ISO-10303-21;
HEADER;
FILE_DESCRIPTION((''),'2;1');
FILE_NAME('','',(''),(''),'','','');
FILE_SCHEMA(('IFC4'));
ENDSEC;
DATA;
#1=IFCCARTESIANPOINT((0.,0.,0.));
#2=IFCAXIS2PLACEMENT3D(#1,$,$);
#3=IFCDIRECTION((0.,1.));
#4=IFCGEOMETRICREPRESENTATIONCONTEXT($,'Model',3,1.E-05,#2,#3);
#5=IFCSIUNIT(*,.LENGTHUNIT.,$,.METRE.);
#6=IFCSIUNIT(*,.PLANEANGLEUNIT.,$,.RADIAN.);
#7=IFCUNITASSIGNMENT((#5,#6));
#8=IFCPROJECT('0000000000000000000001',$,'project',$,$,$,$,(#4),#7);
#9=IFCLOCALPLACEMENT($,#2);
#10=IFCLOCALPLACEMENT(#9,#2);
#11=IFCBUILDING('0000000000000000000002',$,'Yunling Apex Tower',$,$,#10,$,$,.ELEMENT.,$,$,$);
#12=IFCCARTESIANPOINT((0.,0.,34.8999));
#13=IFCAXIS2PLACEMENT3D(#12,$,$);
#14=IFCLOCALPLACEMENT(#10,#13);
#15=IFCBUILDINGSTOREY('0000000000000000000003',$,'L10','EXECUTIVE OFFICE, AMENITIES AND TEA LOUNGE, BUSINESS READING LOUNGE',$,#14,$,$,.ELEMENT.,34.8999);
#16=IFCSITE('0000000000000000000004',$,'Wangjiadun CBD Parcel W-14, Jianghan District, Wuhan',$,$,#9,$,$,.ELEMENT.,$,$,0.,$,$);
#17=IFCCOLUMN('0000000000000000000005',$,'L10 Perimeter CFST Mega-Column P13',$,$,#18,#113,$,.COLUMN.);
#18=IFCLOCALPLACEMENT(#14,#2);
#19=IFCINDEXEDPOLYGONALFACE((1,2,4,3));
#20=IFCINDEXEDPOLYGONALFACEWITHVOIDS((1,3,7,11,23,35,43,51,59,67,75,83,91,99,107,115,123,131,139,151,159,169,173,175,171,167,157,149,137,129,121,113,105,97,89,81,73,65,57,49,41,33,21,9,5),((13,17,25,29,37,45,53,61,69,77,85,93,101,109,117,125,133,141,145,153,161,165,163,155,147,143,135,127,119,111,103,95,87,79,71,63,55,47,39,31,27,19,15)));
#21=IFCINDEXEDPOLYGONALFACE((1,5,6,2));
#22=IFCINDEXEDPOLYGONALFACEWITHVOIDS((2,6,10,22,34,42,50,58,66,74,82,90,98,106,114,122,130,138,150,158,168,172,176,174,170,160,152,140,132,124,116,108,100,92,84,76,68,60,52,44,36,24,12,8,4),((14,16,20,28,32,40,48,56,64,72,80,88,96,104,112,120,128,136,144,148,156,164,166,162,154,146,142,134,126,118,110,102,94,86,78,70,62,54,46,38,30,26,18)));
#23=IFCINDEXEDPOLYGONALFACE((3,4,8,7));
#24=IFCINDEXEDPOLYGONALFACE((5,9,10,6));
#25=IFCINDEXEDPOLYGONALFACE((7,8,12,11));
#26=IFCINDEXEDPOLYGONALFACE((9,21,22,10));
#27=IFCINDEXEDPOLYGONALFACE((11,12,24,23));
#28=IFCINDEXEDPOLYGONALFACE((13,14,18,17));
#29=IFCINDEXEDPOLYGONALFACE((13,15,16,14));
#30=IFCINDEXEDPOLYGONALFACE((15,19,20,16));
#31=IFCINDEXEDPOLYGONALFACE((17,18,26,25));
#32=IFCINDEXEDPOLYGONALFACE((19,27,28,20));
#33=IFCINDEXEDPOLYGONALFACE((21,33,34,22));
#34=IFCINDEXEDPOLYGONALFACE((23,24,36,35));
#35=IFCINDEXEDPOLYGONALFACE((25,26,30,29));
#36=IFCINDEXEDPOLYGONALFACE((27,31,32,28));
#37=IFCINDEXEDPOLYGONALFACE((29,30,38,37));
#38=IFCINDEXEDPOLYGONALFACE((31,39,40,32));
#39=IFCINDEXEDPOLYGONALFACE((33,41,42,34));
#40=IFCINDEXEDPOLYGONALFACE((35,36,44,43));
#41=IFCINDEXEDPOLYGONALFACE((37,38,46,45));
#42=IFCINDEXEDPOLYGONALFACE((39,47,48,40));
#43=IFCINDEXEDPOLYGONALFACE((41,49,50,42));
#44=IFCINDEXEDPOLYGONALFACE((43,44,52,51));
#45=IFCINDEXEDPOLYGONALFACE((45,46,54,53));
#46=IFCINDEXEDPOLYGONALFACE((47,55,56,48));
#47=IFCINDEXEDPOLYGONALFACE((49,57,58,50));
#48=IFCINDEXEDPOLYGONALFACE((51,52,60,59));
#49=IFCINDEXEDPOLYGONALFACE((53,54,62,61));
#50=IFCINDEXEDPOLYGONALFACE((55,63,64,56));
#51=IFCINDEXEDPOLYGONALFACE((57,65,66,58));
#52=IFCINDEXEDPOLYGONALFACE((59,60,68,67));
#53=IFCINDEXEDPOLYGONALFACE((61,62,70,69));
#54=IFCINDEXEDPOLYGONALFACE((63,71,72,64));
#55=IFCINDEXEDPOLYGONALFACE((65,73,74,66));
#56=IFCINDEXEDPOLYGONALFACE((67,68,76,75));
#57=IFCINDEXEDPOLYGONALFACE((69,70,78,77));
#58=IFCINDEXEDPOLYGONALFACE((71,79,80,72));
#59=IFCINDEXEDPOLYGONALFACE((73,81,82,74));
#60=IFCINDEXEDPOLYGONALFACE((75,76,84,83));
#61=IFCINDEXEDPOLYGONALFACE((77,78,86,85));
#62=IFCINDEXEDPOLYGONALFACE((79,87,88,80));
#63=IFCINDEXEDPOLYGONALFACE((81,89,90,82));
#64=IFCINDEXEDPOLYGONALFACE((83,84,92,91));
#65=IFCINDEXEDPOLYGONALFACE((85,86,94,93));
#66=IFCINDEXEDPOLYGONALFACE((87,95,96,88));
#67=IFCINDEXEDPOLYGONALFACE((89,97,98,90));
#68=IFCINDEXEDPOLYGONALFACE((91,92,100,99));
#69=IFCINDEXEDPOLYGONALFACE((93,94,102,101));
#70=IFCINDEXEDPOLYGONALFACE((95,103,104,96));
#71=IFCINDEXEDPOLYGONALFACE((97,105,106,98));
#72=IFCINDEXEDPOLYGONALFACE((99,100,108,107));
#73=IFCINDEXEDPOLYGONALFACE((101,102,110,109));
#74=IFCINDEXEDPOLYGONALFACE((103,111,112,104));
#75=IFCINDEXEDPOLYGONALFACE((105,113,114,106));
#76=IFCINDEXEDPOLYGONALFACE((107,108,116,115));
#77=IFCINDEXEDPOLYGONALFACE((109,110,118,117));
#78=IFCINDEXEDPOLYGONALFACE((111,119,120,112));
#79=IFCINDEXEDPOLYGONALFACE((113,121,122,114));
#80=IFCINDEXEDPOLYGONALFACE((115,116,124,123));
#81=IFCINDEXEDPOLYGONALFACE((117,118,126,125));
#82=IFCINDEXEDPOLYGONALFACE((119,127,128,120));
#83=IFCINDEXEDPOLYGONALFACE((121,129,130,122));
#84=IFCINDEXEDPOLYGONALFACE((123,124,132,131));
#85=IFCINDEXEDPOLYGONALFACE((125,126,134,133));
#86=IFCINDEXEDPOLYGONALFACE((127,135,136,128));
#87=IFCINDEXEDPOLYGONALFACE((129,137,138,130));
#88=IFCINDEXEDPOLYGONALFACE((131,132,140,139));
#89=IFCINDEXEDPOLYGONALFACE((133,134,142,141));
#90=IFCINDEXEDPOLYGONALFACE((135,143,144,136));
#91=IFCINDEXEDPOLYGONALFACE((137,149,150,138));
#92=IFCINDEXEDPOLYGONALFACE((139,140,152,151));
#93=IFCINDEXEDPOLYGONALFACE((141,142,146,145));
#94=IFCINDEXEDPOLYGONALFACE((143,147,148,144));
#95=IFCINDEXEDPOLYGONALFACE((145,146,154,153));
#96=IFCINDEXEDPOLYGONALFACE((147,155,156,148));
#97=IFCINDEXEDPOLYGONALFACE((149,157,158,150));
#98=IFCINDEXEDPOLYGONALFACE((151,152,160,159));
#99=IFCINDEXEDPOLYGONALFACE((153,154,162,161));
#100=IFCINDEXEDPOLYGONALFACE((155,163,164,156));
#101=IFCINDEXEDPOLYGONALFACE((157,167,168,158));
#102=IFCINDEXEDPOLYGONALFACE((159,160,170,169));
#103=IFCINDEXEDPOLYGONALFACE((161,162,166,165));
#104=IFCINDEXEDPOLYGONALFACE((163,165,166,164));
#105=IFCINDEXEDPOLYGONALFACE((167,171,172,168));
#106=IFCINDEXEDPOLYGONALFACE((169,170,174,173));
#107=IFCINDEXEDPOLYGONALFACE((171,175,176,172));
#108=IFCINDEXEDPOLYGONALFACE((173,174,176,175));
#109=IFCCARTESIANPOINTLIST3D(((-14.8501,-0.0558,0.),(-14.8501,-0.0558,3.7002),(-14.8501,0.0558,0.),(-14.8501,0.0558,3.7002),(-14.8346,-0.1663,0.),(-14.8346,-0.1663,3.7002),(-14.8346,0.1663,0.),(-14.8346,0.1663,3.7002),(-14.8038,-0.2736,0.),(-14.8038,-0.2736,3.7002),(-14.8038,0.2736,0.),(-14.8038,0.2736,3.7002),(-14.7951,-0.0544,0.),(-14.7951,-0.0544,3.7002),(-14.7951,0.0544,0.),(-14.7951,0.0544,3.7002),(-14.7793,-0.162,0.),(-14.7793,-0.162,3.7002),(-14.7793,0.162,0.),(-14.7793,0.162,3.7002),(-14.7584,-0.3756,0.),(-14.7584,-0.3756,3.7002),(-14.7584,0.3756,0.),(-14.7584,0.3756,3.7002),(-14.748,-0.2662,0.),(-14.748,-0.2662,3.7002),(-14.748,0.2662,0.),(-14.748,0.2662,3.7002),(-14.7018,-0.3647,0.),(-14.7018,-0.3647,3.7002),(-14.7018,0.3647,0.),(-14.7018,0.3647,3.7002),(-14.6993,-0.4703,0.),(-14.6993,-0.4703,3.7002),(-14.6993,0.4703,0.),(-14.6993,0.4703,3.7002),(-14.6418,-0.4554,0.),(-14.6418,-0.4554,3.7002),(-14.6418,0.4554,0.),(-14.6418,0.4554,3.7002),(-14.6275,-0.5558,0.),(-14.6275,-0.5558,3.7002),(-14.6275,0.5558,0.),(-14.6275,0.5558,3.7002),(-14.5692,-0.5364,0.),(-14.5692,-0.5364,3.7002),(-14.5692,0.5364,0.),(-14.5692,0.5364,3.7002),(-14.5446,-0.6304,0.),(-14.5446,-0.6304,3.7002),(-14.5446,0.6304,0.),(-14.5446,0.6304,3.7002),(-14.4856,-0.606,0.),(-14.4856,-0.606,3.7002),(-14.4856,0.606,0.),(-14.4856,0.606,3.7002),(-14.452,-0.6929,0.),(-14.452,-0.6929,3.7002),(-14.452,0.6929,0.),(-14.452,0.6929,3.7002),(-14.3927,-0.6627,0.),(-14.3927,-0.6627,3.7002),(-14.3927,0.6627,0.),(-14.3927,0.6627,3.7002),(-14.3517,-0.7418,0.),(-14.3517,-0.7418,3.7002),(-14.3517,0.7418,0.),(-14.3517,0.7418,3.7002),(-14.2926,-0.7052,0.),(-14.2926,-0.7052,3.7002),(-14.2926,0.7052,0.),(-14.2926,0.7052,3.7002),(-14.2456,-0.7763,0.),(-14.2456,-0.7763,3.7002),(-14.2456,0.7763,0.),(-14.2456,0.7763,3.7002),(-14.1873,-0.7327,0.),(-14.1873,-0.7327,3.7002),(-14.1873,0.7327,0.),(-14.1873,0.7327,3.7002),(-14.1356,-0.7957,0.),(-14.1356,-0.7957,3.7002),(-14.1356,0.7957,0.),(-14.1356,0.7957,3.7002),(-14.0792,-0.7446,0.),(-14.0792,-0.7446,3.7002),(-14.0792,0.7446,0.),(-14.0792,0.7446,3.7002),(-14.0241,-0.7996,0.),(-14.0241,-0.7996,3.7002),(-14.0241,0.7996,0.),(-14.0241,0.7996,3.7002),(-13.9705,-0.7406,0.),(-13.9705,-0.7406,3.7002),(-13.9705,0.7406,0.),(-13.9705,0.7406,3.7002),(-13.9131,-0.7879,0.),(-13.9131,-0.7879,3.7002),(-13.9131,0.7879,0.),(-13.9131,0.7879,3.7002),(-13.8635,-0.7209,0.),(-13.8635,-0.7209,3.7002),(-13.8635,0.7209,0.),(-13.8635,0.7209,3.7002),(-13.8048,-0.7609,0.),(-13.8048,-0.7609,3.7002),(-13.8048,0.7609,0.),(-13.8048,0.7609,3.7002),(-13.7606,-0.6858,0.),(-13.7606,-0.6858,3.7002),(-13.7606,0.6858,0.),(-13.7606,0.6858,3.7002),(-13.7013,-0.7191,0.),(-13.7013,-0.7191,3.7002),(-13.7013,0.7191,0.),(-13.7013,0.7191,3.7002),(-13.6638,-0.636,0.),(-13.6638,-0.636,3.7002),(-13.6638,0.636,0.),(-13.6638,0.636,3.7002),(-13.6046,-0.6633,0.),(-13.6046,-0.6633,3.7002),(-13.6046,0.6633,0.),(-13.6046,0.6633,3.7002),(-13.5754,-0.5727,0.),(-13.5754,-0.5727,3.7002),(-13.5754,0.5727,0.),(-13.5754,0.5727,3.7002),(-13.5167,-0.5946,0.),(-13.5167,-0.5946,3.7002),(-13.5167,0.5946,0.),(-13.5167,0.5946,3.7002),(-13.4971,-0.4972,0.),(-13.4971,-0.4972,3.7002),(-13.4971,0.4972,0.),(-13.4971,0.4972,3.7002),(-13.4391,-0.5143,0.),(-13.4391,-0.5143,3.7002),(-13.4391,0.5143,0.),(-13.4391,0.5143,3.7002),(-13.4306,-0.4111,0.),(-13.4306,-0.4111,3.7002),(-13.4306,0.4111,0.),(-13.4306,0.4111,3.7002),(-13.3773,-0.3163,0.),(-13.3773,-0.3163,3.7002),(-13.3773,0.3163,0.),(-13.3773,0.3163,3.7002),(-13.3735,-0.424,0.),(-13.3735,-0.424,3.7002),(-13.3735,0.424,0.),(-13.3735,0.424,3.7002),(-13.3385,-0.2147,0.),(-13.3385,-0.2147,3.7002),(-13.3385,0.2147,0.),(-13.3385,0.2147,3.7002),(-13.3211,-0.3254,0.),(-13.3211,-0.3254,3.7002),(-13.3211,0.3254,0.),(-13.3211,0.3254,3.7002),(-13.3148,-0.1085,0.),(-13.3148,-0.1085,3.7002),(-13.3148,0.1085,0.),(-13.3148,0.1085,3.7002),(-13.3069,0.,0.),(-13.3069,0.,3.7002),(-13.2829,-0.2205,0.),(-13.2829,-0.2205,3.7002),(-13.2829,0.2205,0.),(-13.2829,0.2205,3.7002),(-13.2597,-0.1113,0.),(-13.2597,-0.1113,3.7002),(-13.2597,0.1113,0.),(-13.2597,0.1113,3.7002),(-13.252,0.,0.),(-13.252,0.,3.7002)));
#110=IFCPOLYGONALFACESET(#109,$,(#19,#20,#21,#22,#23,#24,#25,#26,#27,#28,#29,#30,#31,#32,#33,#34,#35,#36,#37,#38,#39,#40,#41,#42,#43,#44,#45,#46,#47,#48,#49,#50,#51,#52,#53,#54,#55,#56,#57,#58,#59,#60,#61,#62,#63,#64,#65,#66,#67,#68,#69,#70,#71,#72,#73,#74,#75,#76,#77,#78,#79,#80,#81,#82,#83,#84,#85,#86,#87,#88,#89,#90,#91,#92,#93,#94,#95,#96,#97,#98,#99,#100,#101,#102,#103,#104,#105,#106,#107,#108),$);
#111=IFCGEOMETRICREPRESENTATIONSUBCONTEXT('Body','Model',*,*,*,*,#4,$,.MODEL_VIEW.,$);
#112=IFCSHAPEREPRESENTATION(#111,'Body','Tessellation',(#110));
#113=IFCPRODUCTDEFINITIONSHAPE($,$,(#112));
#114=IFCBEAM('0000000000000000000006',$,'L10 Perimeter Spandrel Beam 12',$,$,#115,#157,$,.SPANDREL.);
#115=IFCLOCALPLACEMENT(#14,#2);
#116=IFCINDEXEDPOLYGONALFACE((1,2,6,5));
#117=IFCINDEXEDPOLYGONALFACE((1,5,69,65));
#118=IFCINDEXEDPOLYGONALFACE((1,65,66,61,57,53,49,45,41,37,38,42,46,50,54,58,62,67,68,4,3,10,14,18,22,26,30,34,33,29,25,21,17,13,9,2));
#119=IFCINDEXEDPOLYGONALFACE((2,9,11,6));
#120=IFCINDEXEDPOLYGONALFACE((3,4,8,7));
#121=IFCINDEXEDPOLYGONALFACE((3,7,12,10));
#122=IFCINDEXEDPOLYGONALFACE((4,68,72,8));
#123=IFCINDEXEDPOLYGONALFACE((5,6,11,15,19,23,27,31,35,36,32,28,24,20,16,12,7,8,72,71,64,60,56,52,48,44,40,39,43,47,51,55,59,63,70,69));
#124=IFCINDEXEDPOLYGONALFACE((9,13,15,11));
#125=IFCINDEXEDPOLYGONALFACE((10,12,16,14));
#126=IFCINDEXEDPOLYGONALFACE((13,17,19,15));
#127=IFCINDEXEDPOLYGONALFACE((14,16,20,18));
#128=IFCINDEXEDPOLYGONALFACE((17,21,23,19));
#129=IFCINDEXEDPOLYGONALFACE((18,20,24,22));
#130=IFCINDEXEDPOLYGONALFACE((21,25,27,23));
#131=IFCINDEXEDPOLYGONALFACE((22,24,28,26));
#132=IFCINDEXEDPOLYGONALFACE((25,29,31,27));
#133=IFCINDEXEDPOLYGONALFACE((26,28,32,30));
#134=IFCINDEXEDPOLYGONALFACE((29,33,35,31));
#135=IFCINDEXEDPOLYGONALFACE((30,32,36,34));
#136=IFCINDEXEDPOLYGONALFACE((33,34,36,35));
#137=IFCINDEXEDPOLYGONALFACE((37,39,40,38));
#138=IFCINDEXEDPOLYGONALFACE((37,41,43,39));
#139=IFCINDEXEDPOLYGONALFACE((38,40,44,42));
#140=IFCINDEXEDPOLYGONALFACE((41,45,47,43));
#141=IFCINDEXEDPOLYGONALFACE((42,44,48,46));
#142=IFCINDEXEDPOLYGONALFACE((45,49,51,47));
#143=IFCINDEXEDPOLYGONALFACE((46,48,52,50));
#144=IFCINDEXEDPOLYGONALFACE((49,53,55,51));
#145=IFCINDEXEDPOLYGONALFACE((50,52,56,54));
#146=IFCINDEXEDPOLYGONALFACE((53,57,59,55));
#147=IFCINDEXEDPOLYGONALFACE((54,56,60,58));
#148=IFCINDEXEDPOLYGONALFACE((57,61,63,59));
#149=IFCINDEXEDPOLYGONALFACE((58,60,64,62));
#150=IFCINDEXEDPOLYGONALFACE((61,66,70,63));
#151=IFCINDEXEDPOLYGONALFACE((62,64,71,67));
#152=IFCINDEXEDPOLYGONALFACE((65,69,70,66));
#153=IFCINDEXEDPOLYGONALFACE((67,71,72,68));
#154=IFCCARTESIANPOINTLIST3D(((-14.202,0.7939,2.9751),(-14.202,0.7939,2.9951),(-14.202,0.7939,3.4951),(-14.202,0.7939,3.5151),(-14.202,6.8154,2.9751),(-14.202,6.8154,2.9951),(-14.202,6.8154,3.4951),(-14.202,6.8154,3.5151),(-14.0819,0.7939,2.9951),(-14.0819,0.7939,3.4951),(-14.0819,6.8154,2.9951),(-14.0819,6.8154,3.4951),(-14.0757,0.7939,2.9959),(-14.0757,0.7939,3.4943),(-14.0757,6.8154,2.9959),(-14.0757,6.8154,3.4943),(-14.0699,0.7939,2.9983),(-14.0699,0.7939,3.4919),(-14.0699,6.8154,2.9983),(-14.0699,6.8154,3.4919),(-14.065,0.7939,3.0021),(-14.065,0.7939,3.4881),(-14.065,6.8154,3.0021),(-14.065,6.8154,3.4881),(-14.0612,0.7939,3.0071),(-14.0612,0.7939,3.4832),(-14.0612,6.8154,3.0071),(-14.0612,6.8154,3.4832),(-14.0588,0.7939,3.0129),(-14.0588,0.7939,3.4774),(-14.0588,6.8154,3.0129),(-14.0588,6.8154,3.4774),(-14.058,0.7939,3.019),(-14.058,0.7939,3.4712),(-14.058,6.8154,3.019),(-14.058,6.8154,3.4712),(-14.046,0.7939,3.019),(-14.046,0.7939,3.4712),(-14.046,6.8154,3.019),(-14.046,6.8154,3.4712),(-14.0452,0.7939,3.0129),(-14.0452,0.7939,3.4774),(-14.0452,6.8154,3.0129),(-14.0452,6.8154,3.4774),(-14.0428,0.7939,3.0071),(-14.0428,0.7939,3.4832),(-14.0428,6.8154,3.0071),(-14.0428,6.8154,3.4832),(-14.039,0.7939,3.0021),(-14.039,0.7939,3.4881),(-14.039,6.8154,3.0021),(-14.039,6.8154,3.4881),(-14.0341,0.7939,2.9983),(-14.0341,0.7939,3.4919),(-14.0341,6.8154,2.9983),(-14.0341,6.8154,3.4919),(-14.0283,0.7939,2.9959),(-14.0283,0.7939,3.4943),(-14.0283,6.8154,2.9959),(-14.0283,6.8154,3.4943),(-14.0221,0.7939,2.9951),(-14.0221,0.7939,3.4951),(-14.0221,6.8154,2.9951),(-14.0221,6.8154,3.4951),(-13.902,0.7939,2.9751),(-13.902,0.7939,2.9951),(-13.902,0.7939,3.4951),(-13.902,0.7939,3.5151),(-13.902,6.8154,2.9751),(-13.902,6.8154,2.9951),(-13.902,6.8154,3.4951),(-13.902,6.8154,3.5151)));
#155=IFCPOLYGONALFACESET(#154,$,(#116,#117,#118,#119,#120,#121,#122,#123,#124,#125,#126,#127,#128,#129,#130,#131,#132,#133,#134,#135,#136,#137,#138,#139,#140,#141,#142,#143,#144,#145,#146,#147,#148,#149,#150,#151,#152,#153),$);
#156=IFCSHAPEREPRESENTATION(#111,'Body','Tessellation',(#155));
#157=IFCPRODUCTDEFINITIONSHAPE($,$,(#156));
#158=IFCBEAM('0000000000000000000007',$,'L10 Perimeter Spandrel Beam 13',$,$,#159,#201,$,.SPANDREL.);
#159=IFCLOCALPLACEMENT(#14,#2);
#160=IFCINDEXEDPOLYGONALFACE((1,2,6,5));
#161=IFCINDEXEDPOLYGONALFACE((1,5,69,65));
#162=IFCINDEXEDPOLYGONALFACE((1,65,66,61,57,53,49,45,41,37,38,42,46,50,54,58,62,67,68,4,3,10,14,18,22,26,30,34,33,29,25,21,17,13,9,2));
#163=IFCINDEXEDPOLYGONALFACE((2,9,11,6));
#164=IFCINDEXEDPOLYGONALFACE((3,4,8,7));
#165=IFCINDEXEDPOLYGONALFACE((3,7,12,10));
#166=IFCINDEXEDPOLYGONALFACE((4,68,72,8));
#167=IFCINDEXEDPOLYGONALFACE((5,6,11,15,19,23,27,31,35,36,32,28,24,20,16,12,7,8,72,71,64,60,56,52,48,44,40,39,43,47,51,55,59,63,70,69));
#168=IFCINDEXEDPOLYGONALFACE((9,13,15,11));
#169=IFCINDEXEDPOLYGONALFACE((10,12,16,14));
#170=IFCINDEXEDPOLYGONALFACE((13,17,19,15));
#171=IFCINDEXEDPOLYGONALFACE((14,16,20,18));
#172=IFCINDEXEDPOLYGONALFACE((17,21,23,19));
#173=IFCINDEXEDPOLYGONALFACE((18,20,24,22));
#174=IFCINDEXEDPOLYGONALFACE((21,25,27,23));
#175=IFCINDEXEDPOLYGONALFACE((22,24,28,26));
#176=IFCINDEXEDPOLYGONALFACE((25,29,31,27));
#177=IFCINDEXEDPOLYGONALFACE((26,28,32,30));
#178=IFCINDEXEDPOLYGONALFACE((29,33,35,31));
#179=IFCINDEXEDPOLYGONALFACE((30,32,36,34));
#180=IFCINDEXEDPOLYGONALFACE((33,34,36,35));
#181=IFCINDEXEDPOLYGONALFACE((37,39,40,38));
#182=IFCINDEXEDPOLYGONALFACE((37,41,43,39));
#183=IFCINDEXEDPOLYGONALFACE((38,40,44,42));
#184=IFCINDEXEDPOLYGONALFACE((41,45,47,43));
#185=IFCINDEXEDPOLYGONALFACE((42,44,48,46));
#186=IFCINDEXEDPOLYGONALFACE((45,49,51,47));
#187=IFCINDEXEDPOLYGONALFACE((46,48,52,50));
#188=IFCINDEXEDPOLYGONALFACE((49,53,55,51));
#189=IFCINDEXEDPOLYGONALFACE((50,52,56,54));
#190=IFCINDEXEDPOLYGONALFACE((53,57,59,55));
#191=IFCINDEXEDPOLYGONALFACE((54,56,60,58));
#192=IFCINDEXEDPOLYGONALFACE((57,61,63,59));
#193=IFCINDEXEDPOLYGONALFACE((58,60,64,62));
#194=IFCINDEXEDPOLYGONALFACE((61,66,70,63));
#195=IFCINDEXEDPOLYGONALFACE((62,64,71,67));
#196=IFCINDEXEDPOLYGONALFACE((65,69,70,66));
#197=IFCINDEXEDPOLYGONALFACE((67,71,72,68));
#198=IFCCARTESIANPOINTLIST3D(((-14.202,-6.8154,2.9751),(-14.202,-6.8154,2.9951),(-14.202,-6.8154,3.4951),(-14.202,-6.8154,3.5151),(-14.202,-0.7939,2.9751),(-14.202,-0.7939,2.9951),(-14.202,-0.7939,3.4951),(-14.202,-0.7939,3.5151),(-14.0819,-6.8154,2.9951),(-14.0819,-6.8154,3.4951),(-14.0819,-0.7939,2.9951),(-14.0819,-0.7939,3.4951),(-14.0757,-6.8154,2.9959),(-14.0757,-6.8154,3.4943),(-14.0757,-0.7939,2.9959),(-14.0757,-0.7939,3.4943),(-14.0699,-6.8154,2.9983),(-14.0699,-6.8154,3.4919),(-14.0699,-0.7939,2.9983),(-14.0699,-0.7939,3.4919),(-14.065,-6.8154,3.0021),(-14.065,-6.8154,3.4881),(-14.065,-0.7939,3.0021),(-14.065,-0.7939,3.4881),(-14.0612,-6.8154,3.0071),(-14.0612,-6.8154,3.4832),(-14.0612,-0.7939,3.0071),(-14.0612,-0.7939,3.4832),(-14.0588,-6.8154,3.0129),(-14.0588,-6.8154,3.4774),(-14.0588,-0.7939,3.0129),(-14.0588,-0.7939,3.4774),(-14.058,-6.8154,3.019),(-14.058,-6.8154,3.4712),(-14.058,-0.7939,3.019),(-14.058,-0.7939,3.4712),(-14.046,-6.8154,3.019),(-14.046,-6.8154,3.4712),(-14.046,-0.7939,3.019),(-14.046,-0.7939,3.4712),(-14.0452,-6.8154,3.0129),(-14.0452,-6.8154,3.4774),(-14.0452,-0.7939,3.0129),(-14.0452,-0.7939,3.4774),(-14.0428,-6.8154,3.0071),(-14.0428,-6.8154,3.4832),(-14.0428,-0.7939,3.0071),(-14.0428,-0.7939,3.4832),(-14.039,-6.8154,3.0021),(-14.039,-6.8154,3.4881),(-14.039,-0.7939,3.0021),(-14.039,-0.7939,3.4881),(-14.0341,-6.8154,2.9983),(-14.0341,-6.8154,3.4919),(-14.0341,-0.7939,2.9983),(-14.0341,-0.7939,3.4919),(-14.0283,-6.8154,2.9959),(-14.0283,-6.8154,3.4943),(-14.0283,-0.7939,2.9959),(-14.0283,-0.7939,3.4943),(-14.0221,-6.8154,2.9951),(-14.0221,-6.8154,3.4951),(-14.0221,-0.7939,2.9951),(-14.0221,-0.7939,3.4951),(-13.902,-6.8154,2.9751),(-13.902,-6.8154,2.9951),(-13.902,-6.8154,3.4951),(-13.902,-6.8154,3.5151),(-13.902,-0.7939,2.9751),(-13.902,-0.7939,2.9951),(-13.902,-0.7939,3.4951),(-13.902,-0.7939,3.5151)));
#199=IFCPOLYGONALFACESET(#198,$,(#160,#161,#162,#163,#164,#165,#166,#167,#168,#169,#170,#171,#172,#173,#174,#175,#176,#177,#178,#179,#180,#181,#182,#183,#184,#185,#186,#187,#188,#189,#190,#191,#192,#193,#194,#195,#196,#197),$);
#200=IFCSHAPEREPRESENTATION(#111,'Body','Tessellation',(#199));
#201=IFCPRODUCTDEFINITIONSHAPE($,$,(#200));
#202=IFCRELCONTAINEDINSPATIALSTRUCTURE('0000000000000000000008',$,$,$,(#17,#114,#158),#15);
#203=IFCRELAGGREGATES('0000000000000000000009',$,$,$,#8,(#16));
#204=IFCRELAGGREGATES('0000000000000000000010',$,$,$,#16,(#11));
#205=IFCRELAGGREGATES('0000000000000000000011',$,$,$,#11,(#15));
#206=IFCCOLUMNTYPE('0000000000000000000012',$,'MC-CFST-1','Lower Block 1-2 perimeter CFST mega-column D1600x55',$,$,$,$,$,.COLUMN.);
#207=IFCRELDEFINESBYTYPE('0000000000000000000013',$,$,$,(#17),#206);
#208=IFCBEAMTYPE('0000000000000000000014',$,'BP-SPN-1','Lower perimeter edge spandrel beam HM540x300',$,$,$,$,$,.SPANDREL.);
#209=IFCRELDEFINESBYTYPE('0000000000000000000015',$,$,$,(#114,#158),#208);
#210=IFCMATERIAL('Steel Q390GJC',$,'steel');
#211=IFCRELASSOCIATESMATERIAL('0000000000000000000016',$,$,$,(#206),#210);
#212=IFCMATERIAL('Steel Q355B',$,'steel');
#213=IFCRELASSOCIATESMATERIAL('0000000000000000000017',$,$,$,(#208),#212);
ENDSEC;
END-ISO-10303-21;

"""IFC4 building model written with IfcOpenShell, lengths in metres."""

from ifc_helpers import new_model, si_unit, direction, frame, origin, origin_2d, place, context, subcontext, project, spatial, hollow_circle, i_section, extrude, source, transform, mapped, material, material_profile, profile_set, type_object, element, save


model = new_model("IFC4")

# Units and contexts
model_context = context("Model", 3, precision=1e-05, world=origin(), true_north=direction((0.0, 1.0)))
body_context = subcontext(model_context, "Body", "Model", "MODEL_VIEW")
ifc_project = project(units=[si_unit("LENGTHUNIT", "METRE"), si_unit("PLANEANGLEUNIT", "RADIAN")], contexts=[model_context])

# Site, building, storey
site_placement = place(None, origin())
site = spatial("IfcSite", under=ifc_project, at=site_placement, Name="Wangjiadun CBD Parcel W-14, Jianghan District, Wuhan", CompositionType="ELEMENT", RefElevation=0.0)
building_placement = place(site_placement, origin())
building = spatial("IfcBuilding", under=site, at=building_placement, Name="Yunling Apex Tower", CompositionType="ELEMENT")
storey_placement = place(building_placement, frame((0.0, 0.0, 34.8999)))
storey = spatial("IfcBuildingStorey", under=building, at=storey_placement, Name="L10", Description="EXECUTIVE OFFICE, AMENITIES AND TEA LOUNGE, BUSINESS READING LOUNGE", CompositionType="ELEMENT", Elevation=34.8999)

# Column
ifc_material_1 = material(Name="Steel Q390GJC", Category="steel")
ifc_material_profile_1 = material_profile(ifc_material_1, hollow_circle(Radius=0.8, WallThickness=0.0549, at=origin_2d()))
ifc_profile_set_1 = profile_set([ifc_material_profile_1], Name="Steel Q390GJC")
column_type = type_object("IfcColumnType", Name="MC-CFST-1", Description="Lower Block 1-2 perimeter CFST mega-column D1600x55", PredefinedType="COLUMN", material=ifc_profile_set_1)
shared_shape_1 = source(origin(), body_context, "Body", "SweptSolid", [
    extrude(hollow_circle(Radius=0.8, WallThickness=0.0549, at=origin_2d()), origin(), (0.0, 0.0, 1.0), 3.7002),
])
column_placement = place(storey_placement, frame((-14.052, 0.0, 0.0), z_axis=(0.0, 0.0, 1.0), x_axis=(1.0, 0.0, 0.0)))
element("IfcColumn", 1, at=column_placement, inside=storey, type_object=column_type, Name="L10 Perimeter CFST Mega-Column P13", PredefinedType="COLUMN", context=body_context, shape_type="MappedRepresentation", body=[
    mapped(shared_shape_1, transform((0.0, 0.0, 0.0), scale=1.0)),
])

# Beams
ifc_material_2 = material(Name="Steel Q355B", Category="steel")
ifc_material_profile_2 = material_profile(ifc_material_2, i_section(OverallWidth=0.3, OverallDepth=0.54, WebThickness=0.012, FlangeThickness=0.02, FilletRadius=0.0239, at=origin_2d()))
ifc_profile_set_2 = profile_set([ifc_material_profile_2], Name="Steel Q355B")
beam_type_1 = type_object("IfcBeamType", Name="BP-SPN-1", Description="Lower perimeter edge spandrel beam HM540x300", PredefinedType="SPANDREL", material=ifc_profile_set_2)
shared_shape_2 = source(origin(), body_context, "Body", "SweptSolid", [
    extrude(i_section(OverallWidth=0.3, OverallDepth=0.54, WebThickness=0.012, FlangeThickness=0.02, FilletRadius=0.0239, at=origin_2d()), origin(), (0.0, 0.0, 1.0), 6.0215),
])
for number, where, z_axis, x_axis, name in (
    (2, (-14.052, 6.8154, 3.2451), (0.0, -1.0, 0.0), (1.0, 0.0, 0.0), "L10 Perimeter Spandrel Beam 12"),
    (3, (-14.052, -0.7939, 3.2451), (0.0, -1.0, 0.0), (1.0, 0.0, 0.0), "L10 Perimeter Spandrel Beam 13"),
):
    element("IfcBeam", number, at=place(storey_placement, frame(where, z_axis=z_axis, x_axis=x_axis)), inside=storey, type_object=beam_type_1, Name=name, PredefinedType="SPANDREL", context=body_context, shape_type="MappedRepresentation", body=[
        mapped(shared_shape_2, transform((0.0, 0.0, 0.0), scale=1.0)),
    ])

save(model, "model.ifc")
